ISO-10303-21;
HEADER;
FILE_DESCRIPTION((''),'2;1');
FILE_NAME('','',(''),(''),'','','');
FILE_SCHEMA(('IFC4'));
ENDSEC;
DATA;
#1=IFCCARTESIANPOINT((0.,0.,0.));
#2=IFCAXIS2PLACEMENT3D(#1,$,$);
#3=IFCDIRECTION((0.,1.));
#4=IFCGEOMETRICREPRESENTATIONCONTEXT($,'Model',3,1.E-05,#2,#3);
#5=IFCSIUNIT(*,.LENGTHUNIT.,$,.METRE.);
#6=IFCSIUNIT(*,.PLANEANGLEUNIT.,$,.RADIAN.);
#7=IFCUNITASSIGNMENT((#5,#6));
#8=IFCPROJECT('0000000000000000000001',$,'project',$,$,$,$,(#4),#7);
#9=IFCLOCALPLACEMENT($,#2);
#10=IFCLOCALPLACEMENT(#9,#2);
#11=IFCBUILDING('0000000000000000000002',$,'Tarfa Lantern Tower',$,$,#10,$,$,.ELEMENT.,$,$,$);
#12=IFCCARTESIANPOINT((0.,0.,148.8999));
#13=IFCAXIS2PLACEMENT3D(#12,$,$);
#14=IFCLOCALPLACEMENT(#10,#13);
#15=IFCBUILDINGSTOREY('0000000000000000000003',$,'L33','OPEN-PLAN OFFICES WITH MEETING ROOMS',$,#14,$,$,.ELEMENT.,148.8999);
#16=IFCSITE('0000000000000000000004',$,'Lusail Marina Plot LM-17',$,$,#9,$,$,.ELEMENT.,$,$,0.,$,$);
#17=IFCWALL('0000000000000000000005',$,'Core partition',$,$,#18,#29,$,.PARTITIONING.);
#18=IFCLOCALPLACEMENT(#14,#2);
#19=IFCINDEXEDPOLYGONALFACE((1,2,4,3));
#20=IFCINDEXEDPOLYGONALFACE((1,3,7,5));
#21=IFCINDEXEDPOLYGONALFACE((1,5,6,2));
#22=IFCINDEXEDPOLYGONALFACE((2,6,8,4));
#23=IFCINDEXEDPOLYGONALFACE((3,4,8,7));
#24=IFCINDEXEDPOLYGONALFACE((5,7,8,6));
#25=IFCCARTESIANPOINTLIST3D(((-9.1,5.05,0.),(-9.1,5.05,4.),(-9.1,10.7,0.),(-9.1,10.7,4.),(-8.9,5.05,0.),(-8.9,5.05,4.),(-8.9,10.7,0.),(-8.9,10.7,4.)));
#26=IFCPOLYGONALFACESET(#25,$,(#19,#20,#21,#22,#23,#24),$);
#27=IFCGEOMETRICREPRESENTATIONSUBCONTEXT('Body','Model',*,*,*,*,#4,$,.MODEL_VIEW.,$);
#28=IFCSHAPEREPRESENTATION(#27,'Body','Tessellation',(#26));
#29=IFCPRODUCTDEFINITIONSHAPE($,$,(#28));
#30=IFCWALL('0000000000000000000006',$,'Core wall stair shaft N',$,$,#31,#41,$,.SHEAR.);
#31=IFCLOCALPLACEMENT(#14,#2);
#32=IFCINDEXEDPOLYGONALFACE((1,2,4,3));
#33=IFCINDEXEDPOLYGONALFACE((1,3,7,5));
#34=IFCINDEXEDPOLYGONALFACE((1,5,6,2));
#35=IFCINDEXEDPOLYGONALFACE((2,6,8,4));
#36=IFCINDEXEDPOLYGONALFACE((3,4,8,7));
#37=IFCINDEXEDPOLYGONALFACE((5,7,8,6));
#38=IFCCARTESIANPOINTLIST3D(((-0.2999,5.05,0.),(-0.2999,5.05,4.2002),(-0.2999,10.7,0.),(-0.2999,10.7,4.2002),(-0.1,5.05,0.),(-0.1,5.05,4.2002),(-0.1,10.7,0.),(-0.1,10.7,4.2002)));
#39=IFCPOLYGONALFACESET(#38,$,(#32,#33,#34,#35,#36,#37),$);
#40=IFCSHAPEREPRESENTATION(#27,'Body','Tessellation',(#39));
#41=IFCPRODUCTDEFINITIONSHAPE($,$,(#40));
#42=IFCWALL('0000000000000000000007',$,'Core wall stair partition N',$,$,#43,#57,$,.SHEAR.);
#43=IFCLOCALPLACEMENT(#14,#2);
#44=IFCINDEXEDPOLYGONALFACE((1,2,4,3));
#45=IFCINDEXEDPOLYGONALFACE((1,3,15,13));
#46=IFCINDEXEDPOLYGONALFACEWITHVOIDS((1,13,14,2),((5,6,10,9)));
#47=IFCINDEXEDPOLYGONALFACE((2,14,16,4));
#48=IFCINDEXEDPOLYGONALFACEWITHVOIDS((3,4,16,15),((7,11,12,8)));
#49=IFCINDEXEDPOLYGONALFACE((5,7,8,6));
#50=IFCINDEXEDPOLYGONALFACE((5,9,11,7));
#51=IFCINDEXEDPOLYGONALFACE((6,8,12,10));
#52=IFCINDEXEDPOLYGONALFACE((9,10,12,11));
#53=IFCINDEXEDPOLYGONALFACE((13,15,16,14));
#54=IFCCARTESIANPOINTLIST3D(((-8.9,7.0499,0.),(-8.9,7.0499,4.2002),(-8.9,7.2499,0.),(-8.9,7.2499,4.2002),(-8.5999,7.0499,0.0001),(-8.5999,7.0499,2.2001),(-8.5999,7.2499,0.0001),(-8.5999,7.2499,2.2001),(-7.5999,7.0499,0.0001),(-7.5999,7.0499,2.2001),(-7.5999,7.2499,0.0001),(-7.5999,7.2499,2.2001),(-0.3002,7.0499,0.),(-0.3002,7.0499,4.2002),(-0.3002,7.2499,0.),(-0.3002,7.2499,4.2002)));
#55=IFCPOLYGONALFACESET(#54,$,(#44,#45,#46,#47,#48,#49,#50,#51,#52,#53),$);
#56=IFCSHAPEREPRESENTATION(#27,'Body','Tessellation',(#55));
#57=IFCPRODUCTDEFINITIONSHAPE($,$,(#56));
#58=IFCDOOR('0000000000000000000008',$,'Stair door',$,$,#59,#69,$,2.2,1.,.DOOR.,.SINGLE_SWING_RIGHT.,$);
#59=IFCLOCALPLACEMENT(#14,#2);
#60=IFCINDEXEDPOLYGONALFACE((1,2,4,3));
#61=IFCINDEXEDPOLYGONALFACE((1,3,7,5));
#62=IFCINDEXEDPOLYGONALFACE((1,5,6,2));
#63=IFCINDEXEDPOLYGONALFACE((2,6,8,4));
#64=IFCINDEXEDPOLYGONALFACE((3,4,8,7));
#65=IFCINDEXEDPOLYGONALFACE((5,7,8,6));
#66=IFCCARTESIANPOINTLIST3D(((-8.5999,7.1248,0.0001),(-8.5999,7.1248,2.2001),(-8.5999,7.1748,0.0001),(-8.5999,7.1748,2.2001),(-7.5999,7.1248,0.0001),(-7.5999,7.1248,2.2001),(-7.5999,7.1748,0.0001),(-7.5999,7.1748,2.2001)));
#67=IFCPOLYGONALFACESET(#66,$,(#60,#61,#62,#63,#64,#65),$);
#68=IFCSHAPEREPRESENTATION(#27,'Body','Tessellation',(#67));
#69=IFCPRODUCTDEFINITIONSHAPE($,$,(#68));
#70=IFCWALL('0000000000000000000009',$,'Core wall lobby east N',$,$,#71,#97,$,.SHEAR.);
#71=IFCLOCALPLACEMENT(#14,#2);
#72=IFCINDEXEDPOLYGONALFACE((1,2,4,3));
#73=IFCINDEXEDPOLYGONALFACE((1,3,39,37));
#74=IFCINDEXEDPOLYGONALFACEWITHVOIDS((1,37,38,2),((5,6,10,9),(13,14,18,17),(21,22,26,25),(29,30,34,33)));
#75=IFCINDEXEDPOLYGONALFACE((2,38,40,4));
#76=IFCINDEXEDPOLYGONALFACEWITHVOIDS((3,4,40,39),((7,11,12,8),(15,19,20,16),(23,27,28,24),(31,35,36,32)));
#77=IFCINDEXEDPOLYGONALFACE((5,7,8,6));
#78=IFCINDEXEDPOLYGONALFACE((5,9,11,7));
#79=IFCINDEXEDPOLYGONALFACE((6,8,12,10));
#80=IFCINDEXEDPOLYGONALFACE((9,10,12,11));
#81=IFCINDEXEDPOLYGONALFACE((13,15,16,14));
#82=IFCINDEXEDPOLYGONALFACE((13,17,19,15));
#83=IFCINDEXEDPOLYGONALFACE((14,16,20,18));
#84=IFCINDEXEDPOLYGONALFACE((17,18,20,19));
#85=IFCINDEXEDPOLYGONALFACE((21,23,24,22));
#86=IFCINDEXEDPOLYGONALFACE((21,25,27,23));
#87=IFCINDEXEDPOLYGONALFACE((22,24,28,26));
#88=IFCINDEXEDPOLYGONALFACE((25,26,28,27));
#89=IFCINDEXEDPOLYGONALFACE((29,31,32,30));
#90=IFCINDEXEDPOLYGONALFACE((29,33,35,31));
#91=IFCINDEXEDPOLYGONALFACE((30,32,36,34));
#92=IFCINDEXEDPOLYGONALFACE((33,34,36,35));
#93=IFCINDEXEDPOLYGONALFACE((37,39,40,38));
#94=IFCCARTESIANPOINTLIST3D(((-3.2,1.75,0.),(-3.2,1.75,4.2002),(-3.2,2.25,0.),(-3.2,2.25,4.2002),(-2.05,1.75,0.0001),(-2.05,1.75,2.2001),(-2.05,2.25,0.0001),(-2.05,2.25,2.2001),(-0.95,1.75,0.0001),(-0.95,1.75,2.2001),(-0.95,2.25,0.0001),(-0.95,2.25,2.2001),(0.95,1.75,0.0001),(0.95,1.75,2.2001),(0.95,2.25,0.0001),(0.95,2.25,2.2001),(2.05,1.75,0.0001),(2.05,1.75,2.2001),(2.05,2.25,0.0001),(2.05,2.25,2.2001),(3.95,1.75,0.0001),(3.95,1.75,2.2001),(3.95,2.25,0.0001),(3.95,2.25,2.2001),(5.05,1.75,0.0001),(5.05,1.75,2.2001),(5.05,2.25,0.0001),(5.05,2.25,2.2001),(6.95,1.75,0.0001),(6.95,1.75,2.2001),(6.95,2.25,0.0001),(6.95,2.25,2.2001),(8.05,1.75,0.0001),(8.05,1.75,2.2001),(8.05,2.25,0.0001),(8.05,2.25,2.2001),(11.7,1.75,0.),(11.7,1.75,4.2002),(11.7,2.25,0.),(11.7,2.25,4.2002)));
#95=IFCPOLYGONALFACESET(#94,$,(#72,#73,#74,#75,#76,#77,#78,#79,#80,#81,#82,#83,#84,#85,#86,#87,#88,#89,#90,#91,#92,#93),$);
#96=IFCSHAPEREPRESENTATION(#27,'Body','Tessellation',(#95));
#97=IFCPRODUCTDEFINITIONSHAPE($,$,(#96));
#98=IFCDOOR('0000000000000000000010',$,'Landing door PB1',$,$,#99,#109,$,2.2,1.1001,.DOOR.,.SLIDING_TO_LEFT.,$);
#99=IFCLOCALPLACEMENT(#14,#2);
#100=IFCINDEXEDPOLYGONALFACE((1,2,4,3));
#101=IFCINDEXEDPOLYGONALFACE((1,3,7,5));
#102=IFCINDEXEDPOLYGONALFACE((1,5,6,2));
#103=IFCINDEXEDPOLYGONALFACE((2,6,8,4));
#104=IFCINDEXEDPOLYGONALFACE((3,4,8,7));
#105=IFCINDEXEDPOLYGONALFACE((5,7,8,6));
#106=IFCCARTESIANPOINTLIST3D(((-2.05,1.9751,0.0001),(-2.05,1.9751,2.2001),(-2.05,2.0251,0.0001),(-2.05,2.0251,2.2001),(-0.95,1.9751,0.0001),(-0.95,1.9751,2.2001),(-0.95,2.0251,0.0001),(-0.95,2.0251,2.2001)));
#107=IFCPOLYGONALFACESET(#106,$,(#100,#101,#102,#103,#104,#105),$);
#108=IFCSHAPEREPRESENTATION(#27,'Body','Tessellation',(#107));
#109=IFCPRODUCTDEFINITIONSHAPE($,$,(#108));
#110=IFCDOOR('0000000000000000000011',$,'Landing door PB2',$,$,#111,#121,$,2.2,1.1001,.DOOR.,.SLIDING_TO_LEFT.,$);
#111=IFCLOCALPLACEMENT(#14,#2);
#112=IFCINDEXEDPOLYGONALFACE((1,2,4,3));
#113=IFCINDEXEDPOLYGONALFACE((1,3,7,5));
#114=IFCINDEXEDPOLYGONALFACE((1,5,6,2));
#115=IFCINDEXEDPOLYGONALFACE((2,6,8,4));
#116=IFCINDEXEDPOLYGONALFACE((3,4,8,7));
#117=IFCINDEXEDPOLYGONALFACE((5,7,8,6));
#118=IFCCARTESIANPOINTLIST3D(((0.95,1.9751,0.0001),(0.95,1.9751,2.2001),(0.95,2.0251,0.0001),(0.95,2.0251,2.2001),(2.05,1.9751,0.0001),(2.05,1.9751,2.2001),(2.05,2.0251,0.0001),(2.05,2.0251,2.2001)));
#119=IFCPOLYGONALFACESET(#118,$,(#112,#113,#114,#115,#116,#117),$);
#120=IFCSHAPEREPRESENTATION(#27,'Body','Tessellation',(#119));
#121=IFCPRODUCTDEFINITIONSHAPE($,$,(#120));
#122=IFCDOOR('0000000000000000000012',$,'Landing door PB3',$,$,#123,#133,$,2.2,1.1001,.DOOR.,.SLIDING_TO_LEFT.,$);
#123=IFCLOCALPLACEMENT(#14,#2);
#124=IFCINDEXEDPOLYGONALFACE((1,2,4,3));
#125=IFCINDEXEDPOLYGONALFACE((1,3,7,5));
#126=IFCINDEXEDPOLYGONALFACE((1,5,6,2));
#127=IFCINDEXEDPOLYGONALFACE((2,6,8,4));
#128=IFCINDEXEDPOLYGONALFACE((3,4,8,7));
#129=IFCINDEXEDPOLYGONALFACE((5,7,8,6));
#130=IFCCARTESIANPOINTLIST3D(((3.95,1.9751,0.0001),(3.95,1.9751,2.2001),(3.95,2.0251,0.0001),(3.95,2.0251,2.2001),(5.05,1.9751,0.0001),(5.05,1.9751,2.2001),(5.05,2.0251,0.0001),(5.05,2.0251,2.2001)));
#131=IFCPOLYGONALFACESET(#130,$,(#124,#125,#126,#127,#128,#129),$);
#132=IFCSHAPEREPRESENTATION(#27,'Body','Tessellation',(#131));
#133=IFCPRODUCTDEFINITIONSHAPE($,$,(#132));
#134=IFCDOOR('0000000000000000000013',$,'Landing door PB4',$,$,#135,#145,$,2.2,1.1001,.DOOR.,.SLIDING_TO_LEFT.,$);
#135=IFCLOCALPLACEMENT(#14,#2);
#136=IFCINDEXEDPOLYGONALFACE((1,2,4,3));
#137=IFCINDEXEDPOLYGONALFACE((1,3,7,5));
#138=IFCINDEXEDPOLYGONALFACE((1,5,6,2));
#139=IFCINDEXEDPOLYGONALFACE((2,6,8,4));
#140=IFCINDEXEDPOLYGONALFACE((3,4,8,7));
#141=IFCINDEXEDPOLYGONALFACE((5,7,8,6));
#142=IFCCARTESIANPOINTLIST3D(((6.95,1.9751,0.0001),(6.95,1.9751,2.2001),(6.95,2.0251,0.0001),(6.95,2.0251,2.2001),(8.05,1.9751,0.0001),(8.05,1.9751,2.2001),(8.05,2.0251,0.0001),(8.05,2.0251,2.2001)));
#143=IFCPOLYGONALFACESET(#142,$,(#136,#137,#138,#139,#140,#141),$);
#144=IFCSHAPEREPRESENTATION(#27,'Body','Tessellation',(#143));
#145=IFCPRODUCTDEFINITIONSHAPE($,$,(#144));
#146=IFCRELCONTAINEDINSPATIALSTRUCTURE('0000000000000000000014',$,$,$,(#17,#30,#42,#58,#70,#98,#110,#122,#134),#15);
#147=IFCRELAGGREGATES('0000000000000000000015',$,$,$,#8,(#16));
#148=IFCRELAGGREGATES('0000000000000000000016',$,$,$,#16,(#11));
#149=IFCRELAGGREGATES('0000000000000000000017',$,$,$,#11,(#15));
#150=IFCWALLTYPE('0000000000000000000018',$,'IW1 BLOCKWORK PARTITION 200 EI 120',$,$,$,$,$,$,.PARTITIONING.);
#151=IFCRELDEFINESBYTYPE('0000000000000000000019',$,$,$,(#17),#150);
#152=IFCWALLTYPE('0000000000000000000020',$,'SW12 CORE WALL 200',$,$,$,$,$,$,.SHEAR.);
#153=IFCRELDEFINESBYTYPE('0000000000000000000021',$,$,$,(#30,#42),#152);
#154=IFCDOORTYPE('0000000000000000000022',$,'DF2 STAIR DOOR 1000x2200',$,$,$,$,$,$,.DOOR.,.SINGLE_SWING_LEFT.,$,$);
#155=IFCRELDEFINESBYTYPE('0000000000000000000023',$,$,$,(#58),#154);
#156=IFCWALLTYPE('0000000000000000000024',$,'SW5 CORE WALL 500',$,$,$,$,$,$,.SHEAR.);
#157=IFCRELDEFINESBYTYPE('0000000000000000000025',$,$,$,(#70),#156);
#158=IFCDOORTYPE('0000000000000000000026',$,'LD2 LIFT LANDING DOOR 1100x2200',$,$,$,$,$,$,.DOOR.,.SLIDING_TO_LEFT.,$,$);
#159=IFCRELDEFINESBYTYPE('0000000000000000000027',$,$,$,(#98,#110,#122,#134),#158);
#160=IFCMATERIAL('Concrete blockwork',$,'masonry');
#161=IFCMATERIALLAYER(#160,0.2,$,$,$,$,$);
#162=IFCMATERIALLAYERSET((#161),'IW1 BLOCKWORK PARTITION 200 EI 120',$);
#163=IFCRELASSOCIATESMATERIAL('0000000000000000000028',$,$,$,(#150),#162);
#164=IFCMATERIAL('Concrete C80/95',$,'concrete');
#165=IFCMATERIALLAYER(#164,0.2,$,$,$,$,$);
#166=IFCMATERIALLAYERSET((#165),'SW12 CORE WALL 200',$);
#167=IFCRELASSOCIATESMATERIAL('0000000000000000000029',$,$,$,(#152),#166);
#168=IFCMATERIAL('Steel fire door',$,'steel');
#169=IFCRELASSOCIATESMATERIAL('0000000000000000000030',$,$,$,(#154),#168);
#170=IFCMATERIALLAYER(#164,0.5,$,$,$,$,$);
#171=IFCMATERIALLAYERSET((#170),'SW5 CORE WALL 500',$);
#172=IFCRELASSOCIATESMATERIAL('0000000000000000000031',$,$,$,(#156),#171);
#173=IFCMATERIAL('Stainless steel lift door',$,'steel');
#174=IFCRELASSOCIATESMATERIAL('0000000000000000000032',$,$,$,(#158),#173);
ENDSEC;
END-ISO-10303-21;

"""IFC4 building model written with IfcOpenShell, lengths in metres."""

from ifc_helpers import new_model, si_unit, direction, frame, frame_2d, origin, place, context, subcontext, project, spatial, rectangle, extrude, material, layer, layer_set, type_object, element, fill, save


model = new_model("IFC4")

# Units and contexts
model_context = context("Model", 3, precision=1e-05, world=origin(), true_north=direction((0.0, 1.0)))
body_context = subcontext(model_context, "Body", "Model", "MODEL_VIEW")
ifc_project = project(units=[si_unit("LENGTHUNIT", "METRE"), si_unit("PLANEANGLEUNIT", "RADIAN")], contexts=[model_context])

# Site, building, storey
site_placement = place(None, origin())
site = spatial("IfcSite", under=ifc_project, at=site_placement, Name="Lusail Marina Plot LM-17", CompositionType="ELEMENT", RefElevation=0.0)
building_placement = place(site_placement, origin())
building = spatial("IfcBuilding", under=site, at=building_placement, Name="Tarfa Lantern Tower", CompositionType="ELEMENT")
storey_placement = place(building_placement, frame((0.0, 0.0, 148.8999)))
storey = spatial("IfcBuildingStorey", under=building, at=storey_placement, Name="L33", Description="OPEN-PLAN OFFICES WITH MEETING ROOMS", CompositionType="ELEMENT", Elevation=148.8999)

# Walls
ifc_material_1 = material(Name="Concrete blockwork", Category="masonry")
ifc_layer_1 = layer(ifc_material_1, 0.2)
ifc_layer_set_1 = layer_set([ifc_layer_1], Name="IW1 BLOCKWORK PARTITION 200 EI 120")
wall_type_1 = type_object("IfcWallType", Name="IW1 BLOCKWORK PARTITION 200 EI 120", PredefinedType="PARTITIONING", material=ifc_layer_set_1)
wall_1_placement = place(storey_placement, frame((-9.0, 5.05, 0.0), z_axis=(0.0, 0.0, 1.0), x_axis=(0.0, 1.0, 0.0)))
element("IfcWall", 1, at=wall_1_placement, inside=storey, type_object=wall_type_1, Name="Core partition", PredefinedType="PARTITIONING", context=body_context, shape_type="SweptSolid", body=[
    extrude(rectangle(XDim=5.6499, YDim=0.2, at=frame_2d((2.825, 0.0))), origin(), (0.0, 0.0, 1.0), 4.0),
])
ifc_material_2 = material(Name="Concrete C80/95", Category="concrete")
ifc_layer_2 = layer(ifc_material_2, 0.2)
ifc_layer_set_2 = layer_set([ifc_layer_2], Name="SW12 CORE WALL 200")
wall_type_2 = type_object("IfcWallType", Name="SW12 CORE WALL 200", PredefinedType="SHEAR", material=ifc_layer_set_2)
wall_2_placement = place(storey_placement, frame((-0.2, 5.05, 0.0), z_axis=(0.0, 0.0, 1.0), x_axis=(0.0, 1.0, 0.0)))
element("IfcWall", 2, at=wall_2_placement, inside=storey, type_object=wall_type_2, Name="Core wall stair shaft N", PredefinedType="SHEAR", context=body_context, shape_type="SweptSolid", body=[
    extrude(rectangle(XDim=5.6499, YDim=0.2, at=frame_2d((2.825, 0.0))), origin(), (0.0, 0.0, 1.0), 4.2002),
])

# Wall, opening, door
wall_3_placement = place(storey_placement, frame((-8.8999, 7.1499, 0.0), z_axis=(0.0, 0.0, 1.0), x_axis=(1.0, 0.0, 0.0)))
wall_3 = element("IfcWall", 3, at=wall_3_placement, inside=storey, type_object=wall_type_2, Name="Core wall stair partition N", PredefinedType="SHEAR", context=body_context, shape_type="SweptSolid", body=[
    extrude(rectangle(XDim=8.5999, YDim=0.2, at=frame_2d((4.2998, 0.0))), origin(), (0.0, 0.0, 1.0), 4.2002),
])
opening_1_placement = place(wall_3_placement, frame((0.3, 0.0, 0.0)))
opening_1 = element("IfcOpeningElement", 4, at=opening_1_placement, cuts=wall_3, PredefinedType="OPENING", context=body_context, shape_type="SweptSolid", body=[
    extrude(rectangle(XDim=1.0, YDim=2.2, at=frame_2d((0.5, 1.1001))), frame((0.0, 0.1099, 0.0), z_axis=(0.0, -1.0, 0.0), x_axis=(1.0, 0.0, 0.0)), (0.0, 0.0, 1.0), 0.22),
])
ifc_material_3 = material(Name="Steel fire door", Category="steel")
door_type_1 = type_object("IfcDoorType", Name="DF2 STAIR DOOR 1000x2200", OperationType="SINGLE_SWING_LEFT", PredefinedType="DOOR", material=ifc_material_3)
door_1_placement = place(opening_1_placement, origin())
door_1 = element("IfcDoor", 5, at=door_1_placement, inside=storey, type_object=door_type_1, Name="Stair door", OperationType="SINGLE_SWING_RIGHT", OverallHeight=2.2, OverallWidth=1.0, PredefinedType="DOOR", context=body_context, shape_type="SweptSolid", body=[
    extrude(rectangle(XDim=1.0, YDim=2.2, at=frame_2d((0.5, 1.1001))), frame((0.0, 0.0249, 0.0), z_axis=(0.0, -1.0, 0.0), x_axis=(1.0, 0.0, 0.0)), (0.0, 0.0, 1.0), 0.05),
])
fill(opening_1, door_1)

# Wall, openings, doors
ifc_layer_3 = layer(ifc_material_2, 0.5)
ifc_layer_set_3 = layer_set([ifc_layer_3], Name="SW5 CORE WALL 500")
wall_type_3 = type_object("IfcWallType", Name="SW5 CORE WALL 500", PredefinedType="SHEAR", material=ifc_layer_set_3)
wall_4_placement = place(storey_placement, frame((-3.2, 2.0, 0.0), z_axis=(0.0, 0.0, 1.0), x_axis=(1.0, 0.0, 0.0)))
wall_4 = element("IfcWall", 6, at=wall_4_placement, inside=storey, type_object=wall_type_3, Name="Core wall lobby east N", PredefinedType="SHEAR", context=body_context, shape_type="SweptSolid", body=[
    extrude(rectangle(XDim=14.8999, YDim=0.5, at=frame_2d((7.45, 0.0))), origin(), (0.0, 0.0, 1.0), 4.2002),
])
opening_2_placement = place(wall_4_placement, frame((1.1499, 0.0, 0.0)))
opening_2 = element("IfcOpeningElement", 7, at=opening_2_placement, cuts=wall_4, PredefinedType="OPENING", context=body_context, shape_type="SweptSolid", body=[
    extrude(rectangle(XDim=1.1001, YDim=2.2, at=frame_2d((0.55, 1.1001))), frame((0.0, 0.26, 0.0), z_axis=(0.0, -1.0, 0.0), x_axis=(1.0, 0.0, 0.0)), (0.0, 0.0, 1.0), 0.52),
])
opening_3_placement = place(wall_4_placement, frame((4.1499, 0.0, 0.0)))
opening_3 = element("IfcOpeningElement", 8, at=opening_3_placement, cuts=wall_4, PredefinedType="OPENING", context=body_context, shape_type="SweptSolid", body=[
    extrude(rectangle(XDim=1.1001, YDim=2.2, at=frame_2d((0.55, 1.1001))), frame((0.0, 0.26, 0.0), z_axis=(0.0, -1.0, 0.0), x_axis=(1.0, 0.0, 0.0)), (0.0, 0.0, 1.0), 0.52),
])
opening_4_placement = place(wall_4_placement, frame((7.1499, 0.0, 0.0)))
opening_4 = element("IfcOpeningElement", 9, at=opening_4_placement, cuts=wall_4, PredefinedType="OPENING", context=body_context, shape_type="SweptSolid", body=[
    extrude(rectangle(XDim=1.1001, YDim=2.2, at=frame_2d((0.55, 1.1001))), frame((0.0, 0.26, 0.0), z_axis=(0.0, -1.0, 0.0), x_axis=(1.0, 0.0, 0.0)), (0.0, 0.0, 1.0), 0.52),
])
opening_5_placement = place(wall_4_placement, frame((10.1499, 0.0, 0.0)))
opening_5 = element("IfcOpeningElement", 10, at=opening_5_placement, cuts=wall_4, PredefinedType="OPENING", context=body_context, shape_type="SweptSolid", body=[
    extrude(rectangle(XDim=1.1001, YDim=2.2, at=frame_2d((0.55, 1.1001))), frame((0.0, 0.26, 0.0), z_axis=(0.0, -1.0, 0.0), x_axis=(1.0, 0.0, 0.0)), (0.0, 0.0, 1.0), 0.52),
])
ifc_material_4 = material(Name="Stainless steel lift door", Category="steel")
door_type_2 = type_object("IfcDoorType", Name="LD2 LIFT LANDING DOOR 1100x2200", OperationType="SLIDING_TO_LEFT", PredefinedType="DOOR", material=ifc_material_4)
door_2_placement = place(opening_2_placement, frame((1.1001, 0.0, 0.0), z_axis=(0.0, 0.0, 1.0), x_axis=(-1.0, 0.0, 0.0)))
door_2 = element("IfcDoor", 11, at=door_2_placement, inside=storey, type_object=door_type_2, Name="Landing door PB1", OperationType="SLIDING_TO_LEFT", OverallHeight=2.2, OverallWidth=1.1001, PredefinedType="DOOR", context=body_context, shape_type="SweptSolid", body=[
    extrude(rectangle(XDim=1.1001, YDim=2.2, at=frame_2d((0.55, 1.1001))), frame((0.0, 0.0249, 0.0), z_axis=(0.0, -1.0, 0.0), x_axis=(1.0, 0.0, 0.0)), (0.0, 0.0, 1.0), 0.05),
])
fill(opening_2, door_2)
door_3_placement = place(opening_3_placement, frame((1.1001, 0.0, 0.0), z_axis=(0.0, 0.0, 1.0), x_axis=(-1.0, 0.0, 0.0)))
door_3 = element("IfcDoor", 12, at=door_3_placement, inside=storey, type_object=door_type_2, Name="Landing door PB2", OperationType="SLIDING_TO_LEFT", OverallHeight=2.2, OverallWidth=1.1001, PredefinedType="DOOR", context=body_context, shape_type="SweptSolid", body=[
    extrude(rectangle(XDim=1.1001, YDim=2.2, at=frame_2d((0.55, 1.1001))), frame((0.0, 0.0249, 0.0), z_axis=(0.0, -1.0, 0.0), x_axis=(1.0, 0.0, 0.0)), (0.0, 0.0, 1.0), 0.05),
])
fill(opening_3, door_3)
door_4_placement = place(opening_4_placement, frame((1.1001, 0.0, 0.0), z_axis=(0.0, 0.0, 1.0), x_axis=(-1.0, 0.0, 0.0)))
door_4 = element("IfcDoor", 13, at=door_4_placement, inside=storey, type_object=door_type_2, Name="Landing door PB3", OperationType="SLIDING_TO_LEFT", OverallHeight=2.2, OverallWidth=1.1001, PredefinedType="DOOR", context=body_context, shape_type="SweptSolid", body=[
    extrude(rectangle(XDim=1.1001, YDim=2.2, at=frame_2d((0.55, 1.1001))), frame((0.0, 0.0249, 0.0), z_axis=(0.0, -1.0, 0.0), x_axis=(1.0, 0.0, 0.0)), (0.0, 0.0, 1.0), 0.05),
])
fill(opening_4, door_4)
door_5_placement = place(opening_5_placement, frame((1.1001, 0.0, 0.0), z_axis=(0.0, 0.0, 1.0), x_axis=(-1.0, 0.0, 0.0)))
door_5 = element("IfcDoor", 14, at=door_5_placement, inside=storey, type_object=door_type_2, Name="Landing door PB4", OperationType="SLIDING_TO_LEFT", OverallHeight=2.2, OverallWidth=1.1001, PredefinedType="DOOR", context=body_context, shape_type="SweptSolid", body=[
    extrude(rectangle(XDim=1.1001, YDim=2.2, at=frame_2d((0.55, 1.1001))), frame((0.0, 0.0249, 0.0), z_axis=(0.0, -1.0, 0.0), x_axis=(1.0, 0.0, 0.0)), (0.0, 0.0, 1.0), 0.05),
])
fill(opening_5, door_5)

save(model, "model.ifc")
